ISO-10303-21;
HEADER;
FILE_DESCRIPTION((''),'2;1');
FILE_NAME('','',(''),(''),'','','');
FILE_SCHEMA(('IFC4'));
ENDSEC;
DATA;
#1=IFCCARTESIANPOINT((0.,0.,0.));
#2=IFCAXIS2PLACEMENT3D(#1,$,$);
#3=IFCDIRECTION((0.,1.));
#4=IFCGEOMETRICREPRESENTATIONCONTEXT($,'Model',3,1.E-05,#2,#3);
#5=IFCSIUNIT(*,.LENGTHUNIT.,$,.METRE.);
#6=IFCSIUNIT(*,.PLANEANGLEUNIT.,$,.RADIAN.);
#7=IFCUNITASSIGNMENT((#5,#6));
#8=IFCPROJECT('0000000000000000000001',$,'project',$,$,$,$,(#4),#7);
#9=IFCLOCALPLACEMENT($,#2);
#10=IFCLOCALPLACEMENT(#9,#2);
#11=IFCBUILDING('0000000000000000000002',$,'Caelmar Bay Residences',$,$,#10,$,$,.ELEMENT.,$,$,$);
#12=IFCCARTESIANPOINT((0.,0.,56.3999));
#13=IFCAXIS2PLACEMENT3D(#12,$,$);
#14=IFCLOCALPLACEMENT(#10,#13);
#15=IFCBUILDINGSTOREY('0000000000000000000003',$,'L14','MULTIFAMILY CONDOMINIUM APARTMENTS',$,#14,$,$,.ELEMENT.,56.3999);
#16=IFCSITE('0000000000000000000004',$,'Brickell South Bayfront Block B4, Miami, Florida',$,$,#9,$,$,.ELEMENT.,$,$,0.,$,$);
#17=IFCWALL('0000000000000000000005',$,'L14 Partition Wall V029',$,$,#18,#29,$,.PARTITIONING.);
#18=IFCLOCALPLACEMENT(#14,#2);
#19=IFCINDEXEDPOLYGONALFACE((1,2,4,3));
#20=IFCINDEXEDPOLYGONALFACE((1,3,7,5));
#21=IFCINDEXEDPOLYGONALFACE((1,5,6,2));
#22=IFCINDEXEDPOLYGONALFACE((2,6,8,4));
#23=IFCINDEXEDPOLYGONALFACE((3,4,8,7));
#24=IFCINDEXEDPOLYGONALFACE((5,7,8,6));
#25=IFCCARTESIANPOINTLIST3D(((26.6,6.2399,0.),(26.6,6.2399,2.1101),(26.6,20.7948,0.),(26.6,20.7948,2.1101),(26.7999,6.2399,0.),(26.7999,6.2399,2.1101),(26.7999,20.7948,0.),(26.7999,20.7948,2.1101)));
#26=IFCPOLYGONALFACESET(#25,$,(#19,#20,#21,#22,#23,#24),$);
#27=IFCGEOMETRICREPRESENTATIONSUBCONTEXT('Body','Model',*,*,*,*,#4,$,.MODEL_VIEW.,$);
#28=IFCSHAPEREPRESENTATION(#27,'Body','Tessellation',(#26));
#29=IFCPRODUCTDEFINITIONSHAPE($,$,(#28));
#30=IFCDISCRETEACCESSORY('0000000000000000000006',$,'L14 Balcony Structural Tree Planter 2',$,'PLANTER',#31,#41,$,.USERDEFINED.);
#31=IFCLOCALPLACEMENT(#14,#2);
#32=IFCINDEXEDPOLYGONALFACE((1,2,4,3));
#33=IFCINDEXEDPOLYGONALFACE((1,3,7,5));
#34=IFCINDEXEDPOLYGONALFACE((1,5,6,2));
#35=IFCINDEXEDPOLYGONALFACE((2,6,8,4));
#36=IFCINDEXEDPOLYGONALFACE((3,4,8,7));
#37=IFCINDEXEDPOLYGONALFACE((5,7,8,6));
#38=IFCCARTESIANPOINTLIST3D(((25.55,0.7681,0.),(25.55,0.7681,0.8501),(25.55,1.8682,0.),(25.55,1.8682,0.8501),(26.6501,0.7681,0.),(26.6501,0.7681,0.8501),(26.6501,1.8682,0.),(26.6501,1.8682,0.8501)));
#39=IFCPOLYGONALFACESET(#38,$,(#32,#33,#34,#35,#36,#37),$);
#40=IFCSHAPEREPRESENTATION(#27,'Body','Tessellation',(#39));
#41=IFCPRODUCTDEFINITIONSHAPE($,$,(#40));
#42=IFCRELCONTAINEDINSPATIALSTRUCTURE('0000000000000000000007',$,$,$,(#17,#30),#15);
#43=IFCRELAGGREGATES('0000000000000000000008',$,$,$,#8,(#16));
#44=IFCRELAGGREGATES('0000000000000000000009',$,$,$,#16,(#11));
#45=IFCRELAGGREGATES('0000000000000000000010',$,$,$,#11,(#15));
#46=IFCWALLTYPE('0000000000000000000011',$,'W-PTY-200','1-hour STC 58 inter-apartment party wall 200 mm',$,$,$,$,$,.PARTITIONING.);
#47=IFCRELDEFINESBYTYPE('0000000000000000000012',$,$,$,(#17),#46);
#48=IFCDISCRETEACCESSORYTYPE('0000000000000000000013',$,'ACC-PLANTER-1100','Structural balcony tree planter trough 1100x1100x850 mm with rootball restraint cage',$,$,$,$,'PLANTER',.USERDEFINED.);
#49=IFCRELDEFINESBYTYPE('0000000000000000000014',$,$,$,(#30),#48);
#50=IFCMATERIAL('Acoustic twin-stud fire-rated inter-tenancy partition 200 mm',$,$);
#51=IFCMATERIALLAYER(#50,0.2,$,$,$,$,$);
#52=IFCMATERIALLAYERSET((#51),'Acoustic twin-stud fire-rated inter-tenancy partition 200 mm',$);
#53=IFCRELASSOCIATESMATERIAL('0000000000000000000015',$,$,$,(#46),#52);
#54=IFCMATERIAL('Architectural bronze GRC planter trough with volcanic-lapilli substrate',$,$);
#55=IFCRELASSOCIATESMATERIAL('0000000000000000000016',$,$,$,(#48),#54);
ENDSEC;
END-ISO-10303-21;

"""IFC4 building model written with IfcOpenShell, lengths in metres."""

from ifc_helpers import new_model, si_unit, direction, frame, frame_2d, origin, origin_2d, place, context, subcontext, project, spatial, rectangle, extrude, material, layer, layer_set, type_object, element, save


model = new_model("IFC4")

# Units and contexts
model_context = context("Model", 3, precision=1e-05, world=origin(), true_north=direction((0.0, 1.0)))
body_context = subcontext(model_context, "Body", "Model", "MODEL_VIEW")
ifc_project = project(units=[si_unit("LENGTHUNIT", "METRE"), si_unit("PLANEANGLEUNIT", "RADIAN")], contexts=[model_context])

# Site, building, storey
site_placement = place(None, origin())
site = spatial("IfcSite", under=ifc_project, at=site_placement, Name="Brickell South Bayfront Block B4, Miami, Florida", CompositionType="ELEMENT", RefElevation=0.0)
building_placement = place(site_placement, origin())
building = spatial("IfcBuilding", under=site, at=building_placement, Name="Caelmar Bay Residences", CompositionType="ELEMENT")
storey_placement = place(building_placement, frame((0.0, 0.0, 56.3999)))
storey = spatial("IfcBuildingStorey", under=building, at=storey_placement, Name="L14", Description="MULTIFAMILY CONDOMINIUM APARTMENTS", CompositionType="ELEMENT", Elevation=56.3999)

# Wall
ifc_material_1 = material(Name="Acoustic twin-stud fire-rated inter-tenancy partition 200 mm")
ifc_layer_1 = layer(ifc_material_1, 0.2)
ifc_layer_set_1 = layer_set([ifc_layer_1], Name="Acoustic twin-stud fire-rated inter-tenancy partition 200 mm")
wall_type_1 = type_object("IfcWallType", Name="W-PTY-200", Description="1-hour STC 58 inter-apartment party wall 200 mm", PredefinedType="PARTITIONING", material=ifc_layer_set_1)
wall_1_placement = place(storey_placement, frame((26.7, 6.24, 0.0), z_axis=(0.0, 0.0, 1.0), x_axis=(0.0, 1.0, 0.0)))
element("IfcWall", 1, at=wall_1_placement, inside=storey, type_object=wall_type_1, Name="L14 Partition Wall V029", PredefinedType="PARTITIONING", context=body_context, shape_type="SweptSolid", body=[
    extrude(rectangle(XDim=14.5549, YDim=0.2, at=frame_2d((7.2773, 0.0))), origin(), (0.0, 0.0, 1.0), 2.1101),
])

# Discrete accessory
ifc_material_2 = material(Name="Architectural bronze GRC planter trough with volcanic-lapilli substrate")
discrete_accessory_type = type_object("IfcDiscreteAccessoryType", Name="ACC-PLANTER-1100", Description="Structural balcony tree planter trough 1100x1100x850 mm with rootball restraint cage", ElementType="PLANTER", PredefinedType="USERDEFINED", material=ifc_material_2)
discrete_accessory_placement = place(storey_placement, frame((26.1001, 1.3181, 0.0), z_axis=(0.0, 0.0, 1.0), x_axis=(1.0, 0.0, 0.0)))
element("IfcDiscreteAccessory", 2, at=discrete_accessory_placement, inside=storey, type_object=discrete_accessory_type, Name="L14 Balcony Structural Tree Planter 2", ObjectType="PLANTER", PredefinedType="USERDEFINED", context=body_context, shape_type="SweptSolid", body=[
    extrude(rectangle(XDim=1.1001, YDim=1.1001, at=origin_2d()), origin(), (0.0, 0.0, 1.0), 0.8501),
])

save(model, "model.ifc")
